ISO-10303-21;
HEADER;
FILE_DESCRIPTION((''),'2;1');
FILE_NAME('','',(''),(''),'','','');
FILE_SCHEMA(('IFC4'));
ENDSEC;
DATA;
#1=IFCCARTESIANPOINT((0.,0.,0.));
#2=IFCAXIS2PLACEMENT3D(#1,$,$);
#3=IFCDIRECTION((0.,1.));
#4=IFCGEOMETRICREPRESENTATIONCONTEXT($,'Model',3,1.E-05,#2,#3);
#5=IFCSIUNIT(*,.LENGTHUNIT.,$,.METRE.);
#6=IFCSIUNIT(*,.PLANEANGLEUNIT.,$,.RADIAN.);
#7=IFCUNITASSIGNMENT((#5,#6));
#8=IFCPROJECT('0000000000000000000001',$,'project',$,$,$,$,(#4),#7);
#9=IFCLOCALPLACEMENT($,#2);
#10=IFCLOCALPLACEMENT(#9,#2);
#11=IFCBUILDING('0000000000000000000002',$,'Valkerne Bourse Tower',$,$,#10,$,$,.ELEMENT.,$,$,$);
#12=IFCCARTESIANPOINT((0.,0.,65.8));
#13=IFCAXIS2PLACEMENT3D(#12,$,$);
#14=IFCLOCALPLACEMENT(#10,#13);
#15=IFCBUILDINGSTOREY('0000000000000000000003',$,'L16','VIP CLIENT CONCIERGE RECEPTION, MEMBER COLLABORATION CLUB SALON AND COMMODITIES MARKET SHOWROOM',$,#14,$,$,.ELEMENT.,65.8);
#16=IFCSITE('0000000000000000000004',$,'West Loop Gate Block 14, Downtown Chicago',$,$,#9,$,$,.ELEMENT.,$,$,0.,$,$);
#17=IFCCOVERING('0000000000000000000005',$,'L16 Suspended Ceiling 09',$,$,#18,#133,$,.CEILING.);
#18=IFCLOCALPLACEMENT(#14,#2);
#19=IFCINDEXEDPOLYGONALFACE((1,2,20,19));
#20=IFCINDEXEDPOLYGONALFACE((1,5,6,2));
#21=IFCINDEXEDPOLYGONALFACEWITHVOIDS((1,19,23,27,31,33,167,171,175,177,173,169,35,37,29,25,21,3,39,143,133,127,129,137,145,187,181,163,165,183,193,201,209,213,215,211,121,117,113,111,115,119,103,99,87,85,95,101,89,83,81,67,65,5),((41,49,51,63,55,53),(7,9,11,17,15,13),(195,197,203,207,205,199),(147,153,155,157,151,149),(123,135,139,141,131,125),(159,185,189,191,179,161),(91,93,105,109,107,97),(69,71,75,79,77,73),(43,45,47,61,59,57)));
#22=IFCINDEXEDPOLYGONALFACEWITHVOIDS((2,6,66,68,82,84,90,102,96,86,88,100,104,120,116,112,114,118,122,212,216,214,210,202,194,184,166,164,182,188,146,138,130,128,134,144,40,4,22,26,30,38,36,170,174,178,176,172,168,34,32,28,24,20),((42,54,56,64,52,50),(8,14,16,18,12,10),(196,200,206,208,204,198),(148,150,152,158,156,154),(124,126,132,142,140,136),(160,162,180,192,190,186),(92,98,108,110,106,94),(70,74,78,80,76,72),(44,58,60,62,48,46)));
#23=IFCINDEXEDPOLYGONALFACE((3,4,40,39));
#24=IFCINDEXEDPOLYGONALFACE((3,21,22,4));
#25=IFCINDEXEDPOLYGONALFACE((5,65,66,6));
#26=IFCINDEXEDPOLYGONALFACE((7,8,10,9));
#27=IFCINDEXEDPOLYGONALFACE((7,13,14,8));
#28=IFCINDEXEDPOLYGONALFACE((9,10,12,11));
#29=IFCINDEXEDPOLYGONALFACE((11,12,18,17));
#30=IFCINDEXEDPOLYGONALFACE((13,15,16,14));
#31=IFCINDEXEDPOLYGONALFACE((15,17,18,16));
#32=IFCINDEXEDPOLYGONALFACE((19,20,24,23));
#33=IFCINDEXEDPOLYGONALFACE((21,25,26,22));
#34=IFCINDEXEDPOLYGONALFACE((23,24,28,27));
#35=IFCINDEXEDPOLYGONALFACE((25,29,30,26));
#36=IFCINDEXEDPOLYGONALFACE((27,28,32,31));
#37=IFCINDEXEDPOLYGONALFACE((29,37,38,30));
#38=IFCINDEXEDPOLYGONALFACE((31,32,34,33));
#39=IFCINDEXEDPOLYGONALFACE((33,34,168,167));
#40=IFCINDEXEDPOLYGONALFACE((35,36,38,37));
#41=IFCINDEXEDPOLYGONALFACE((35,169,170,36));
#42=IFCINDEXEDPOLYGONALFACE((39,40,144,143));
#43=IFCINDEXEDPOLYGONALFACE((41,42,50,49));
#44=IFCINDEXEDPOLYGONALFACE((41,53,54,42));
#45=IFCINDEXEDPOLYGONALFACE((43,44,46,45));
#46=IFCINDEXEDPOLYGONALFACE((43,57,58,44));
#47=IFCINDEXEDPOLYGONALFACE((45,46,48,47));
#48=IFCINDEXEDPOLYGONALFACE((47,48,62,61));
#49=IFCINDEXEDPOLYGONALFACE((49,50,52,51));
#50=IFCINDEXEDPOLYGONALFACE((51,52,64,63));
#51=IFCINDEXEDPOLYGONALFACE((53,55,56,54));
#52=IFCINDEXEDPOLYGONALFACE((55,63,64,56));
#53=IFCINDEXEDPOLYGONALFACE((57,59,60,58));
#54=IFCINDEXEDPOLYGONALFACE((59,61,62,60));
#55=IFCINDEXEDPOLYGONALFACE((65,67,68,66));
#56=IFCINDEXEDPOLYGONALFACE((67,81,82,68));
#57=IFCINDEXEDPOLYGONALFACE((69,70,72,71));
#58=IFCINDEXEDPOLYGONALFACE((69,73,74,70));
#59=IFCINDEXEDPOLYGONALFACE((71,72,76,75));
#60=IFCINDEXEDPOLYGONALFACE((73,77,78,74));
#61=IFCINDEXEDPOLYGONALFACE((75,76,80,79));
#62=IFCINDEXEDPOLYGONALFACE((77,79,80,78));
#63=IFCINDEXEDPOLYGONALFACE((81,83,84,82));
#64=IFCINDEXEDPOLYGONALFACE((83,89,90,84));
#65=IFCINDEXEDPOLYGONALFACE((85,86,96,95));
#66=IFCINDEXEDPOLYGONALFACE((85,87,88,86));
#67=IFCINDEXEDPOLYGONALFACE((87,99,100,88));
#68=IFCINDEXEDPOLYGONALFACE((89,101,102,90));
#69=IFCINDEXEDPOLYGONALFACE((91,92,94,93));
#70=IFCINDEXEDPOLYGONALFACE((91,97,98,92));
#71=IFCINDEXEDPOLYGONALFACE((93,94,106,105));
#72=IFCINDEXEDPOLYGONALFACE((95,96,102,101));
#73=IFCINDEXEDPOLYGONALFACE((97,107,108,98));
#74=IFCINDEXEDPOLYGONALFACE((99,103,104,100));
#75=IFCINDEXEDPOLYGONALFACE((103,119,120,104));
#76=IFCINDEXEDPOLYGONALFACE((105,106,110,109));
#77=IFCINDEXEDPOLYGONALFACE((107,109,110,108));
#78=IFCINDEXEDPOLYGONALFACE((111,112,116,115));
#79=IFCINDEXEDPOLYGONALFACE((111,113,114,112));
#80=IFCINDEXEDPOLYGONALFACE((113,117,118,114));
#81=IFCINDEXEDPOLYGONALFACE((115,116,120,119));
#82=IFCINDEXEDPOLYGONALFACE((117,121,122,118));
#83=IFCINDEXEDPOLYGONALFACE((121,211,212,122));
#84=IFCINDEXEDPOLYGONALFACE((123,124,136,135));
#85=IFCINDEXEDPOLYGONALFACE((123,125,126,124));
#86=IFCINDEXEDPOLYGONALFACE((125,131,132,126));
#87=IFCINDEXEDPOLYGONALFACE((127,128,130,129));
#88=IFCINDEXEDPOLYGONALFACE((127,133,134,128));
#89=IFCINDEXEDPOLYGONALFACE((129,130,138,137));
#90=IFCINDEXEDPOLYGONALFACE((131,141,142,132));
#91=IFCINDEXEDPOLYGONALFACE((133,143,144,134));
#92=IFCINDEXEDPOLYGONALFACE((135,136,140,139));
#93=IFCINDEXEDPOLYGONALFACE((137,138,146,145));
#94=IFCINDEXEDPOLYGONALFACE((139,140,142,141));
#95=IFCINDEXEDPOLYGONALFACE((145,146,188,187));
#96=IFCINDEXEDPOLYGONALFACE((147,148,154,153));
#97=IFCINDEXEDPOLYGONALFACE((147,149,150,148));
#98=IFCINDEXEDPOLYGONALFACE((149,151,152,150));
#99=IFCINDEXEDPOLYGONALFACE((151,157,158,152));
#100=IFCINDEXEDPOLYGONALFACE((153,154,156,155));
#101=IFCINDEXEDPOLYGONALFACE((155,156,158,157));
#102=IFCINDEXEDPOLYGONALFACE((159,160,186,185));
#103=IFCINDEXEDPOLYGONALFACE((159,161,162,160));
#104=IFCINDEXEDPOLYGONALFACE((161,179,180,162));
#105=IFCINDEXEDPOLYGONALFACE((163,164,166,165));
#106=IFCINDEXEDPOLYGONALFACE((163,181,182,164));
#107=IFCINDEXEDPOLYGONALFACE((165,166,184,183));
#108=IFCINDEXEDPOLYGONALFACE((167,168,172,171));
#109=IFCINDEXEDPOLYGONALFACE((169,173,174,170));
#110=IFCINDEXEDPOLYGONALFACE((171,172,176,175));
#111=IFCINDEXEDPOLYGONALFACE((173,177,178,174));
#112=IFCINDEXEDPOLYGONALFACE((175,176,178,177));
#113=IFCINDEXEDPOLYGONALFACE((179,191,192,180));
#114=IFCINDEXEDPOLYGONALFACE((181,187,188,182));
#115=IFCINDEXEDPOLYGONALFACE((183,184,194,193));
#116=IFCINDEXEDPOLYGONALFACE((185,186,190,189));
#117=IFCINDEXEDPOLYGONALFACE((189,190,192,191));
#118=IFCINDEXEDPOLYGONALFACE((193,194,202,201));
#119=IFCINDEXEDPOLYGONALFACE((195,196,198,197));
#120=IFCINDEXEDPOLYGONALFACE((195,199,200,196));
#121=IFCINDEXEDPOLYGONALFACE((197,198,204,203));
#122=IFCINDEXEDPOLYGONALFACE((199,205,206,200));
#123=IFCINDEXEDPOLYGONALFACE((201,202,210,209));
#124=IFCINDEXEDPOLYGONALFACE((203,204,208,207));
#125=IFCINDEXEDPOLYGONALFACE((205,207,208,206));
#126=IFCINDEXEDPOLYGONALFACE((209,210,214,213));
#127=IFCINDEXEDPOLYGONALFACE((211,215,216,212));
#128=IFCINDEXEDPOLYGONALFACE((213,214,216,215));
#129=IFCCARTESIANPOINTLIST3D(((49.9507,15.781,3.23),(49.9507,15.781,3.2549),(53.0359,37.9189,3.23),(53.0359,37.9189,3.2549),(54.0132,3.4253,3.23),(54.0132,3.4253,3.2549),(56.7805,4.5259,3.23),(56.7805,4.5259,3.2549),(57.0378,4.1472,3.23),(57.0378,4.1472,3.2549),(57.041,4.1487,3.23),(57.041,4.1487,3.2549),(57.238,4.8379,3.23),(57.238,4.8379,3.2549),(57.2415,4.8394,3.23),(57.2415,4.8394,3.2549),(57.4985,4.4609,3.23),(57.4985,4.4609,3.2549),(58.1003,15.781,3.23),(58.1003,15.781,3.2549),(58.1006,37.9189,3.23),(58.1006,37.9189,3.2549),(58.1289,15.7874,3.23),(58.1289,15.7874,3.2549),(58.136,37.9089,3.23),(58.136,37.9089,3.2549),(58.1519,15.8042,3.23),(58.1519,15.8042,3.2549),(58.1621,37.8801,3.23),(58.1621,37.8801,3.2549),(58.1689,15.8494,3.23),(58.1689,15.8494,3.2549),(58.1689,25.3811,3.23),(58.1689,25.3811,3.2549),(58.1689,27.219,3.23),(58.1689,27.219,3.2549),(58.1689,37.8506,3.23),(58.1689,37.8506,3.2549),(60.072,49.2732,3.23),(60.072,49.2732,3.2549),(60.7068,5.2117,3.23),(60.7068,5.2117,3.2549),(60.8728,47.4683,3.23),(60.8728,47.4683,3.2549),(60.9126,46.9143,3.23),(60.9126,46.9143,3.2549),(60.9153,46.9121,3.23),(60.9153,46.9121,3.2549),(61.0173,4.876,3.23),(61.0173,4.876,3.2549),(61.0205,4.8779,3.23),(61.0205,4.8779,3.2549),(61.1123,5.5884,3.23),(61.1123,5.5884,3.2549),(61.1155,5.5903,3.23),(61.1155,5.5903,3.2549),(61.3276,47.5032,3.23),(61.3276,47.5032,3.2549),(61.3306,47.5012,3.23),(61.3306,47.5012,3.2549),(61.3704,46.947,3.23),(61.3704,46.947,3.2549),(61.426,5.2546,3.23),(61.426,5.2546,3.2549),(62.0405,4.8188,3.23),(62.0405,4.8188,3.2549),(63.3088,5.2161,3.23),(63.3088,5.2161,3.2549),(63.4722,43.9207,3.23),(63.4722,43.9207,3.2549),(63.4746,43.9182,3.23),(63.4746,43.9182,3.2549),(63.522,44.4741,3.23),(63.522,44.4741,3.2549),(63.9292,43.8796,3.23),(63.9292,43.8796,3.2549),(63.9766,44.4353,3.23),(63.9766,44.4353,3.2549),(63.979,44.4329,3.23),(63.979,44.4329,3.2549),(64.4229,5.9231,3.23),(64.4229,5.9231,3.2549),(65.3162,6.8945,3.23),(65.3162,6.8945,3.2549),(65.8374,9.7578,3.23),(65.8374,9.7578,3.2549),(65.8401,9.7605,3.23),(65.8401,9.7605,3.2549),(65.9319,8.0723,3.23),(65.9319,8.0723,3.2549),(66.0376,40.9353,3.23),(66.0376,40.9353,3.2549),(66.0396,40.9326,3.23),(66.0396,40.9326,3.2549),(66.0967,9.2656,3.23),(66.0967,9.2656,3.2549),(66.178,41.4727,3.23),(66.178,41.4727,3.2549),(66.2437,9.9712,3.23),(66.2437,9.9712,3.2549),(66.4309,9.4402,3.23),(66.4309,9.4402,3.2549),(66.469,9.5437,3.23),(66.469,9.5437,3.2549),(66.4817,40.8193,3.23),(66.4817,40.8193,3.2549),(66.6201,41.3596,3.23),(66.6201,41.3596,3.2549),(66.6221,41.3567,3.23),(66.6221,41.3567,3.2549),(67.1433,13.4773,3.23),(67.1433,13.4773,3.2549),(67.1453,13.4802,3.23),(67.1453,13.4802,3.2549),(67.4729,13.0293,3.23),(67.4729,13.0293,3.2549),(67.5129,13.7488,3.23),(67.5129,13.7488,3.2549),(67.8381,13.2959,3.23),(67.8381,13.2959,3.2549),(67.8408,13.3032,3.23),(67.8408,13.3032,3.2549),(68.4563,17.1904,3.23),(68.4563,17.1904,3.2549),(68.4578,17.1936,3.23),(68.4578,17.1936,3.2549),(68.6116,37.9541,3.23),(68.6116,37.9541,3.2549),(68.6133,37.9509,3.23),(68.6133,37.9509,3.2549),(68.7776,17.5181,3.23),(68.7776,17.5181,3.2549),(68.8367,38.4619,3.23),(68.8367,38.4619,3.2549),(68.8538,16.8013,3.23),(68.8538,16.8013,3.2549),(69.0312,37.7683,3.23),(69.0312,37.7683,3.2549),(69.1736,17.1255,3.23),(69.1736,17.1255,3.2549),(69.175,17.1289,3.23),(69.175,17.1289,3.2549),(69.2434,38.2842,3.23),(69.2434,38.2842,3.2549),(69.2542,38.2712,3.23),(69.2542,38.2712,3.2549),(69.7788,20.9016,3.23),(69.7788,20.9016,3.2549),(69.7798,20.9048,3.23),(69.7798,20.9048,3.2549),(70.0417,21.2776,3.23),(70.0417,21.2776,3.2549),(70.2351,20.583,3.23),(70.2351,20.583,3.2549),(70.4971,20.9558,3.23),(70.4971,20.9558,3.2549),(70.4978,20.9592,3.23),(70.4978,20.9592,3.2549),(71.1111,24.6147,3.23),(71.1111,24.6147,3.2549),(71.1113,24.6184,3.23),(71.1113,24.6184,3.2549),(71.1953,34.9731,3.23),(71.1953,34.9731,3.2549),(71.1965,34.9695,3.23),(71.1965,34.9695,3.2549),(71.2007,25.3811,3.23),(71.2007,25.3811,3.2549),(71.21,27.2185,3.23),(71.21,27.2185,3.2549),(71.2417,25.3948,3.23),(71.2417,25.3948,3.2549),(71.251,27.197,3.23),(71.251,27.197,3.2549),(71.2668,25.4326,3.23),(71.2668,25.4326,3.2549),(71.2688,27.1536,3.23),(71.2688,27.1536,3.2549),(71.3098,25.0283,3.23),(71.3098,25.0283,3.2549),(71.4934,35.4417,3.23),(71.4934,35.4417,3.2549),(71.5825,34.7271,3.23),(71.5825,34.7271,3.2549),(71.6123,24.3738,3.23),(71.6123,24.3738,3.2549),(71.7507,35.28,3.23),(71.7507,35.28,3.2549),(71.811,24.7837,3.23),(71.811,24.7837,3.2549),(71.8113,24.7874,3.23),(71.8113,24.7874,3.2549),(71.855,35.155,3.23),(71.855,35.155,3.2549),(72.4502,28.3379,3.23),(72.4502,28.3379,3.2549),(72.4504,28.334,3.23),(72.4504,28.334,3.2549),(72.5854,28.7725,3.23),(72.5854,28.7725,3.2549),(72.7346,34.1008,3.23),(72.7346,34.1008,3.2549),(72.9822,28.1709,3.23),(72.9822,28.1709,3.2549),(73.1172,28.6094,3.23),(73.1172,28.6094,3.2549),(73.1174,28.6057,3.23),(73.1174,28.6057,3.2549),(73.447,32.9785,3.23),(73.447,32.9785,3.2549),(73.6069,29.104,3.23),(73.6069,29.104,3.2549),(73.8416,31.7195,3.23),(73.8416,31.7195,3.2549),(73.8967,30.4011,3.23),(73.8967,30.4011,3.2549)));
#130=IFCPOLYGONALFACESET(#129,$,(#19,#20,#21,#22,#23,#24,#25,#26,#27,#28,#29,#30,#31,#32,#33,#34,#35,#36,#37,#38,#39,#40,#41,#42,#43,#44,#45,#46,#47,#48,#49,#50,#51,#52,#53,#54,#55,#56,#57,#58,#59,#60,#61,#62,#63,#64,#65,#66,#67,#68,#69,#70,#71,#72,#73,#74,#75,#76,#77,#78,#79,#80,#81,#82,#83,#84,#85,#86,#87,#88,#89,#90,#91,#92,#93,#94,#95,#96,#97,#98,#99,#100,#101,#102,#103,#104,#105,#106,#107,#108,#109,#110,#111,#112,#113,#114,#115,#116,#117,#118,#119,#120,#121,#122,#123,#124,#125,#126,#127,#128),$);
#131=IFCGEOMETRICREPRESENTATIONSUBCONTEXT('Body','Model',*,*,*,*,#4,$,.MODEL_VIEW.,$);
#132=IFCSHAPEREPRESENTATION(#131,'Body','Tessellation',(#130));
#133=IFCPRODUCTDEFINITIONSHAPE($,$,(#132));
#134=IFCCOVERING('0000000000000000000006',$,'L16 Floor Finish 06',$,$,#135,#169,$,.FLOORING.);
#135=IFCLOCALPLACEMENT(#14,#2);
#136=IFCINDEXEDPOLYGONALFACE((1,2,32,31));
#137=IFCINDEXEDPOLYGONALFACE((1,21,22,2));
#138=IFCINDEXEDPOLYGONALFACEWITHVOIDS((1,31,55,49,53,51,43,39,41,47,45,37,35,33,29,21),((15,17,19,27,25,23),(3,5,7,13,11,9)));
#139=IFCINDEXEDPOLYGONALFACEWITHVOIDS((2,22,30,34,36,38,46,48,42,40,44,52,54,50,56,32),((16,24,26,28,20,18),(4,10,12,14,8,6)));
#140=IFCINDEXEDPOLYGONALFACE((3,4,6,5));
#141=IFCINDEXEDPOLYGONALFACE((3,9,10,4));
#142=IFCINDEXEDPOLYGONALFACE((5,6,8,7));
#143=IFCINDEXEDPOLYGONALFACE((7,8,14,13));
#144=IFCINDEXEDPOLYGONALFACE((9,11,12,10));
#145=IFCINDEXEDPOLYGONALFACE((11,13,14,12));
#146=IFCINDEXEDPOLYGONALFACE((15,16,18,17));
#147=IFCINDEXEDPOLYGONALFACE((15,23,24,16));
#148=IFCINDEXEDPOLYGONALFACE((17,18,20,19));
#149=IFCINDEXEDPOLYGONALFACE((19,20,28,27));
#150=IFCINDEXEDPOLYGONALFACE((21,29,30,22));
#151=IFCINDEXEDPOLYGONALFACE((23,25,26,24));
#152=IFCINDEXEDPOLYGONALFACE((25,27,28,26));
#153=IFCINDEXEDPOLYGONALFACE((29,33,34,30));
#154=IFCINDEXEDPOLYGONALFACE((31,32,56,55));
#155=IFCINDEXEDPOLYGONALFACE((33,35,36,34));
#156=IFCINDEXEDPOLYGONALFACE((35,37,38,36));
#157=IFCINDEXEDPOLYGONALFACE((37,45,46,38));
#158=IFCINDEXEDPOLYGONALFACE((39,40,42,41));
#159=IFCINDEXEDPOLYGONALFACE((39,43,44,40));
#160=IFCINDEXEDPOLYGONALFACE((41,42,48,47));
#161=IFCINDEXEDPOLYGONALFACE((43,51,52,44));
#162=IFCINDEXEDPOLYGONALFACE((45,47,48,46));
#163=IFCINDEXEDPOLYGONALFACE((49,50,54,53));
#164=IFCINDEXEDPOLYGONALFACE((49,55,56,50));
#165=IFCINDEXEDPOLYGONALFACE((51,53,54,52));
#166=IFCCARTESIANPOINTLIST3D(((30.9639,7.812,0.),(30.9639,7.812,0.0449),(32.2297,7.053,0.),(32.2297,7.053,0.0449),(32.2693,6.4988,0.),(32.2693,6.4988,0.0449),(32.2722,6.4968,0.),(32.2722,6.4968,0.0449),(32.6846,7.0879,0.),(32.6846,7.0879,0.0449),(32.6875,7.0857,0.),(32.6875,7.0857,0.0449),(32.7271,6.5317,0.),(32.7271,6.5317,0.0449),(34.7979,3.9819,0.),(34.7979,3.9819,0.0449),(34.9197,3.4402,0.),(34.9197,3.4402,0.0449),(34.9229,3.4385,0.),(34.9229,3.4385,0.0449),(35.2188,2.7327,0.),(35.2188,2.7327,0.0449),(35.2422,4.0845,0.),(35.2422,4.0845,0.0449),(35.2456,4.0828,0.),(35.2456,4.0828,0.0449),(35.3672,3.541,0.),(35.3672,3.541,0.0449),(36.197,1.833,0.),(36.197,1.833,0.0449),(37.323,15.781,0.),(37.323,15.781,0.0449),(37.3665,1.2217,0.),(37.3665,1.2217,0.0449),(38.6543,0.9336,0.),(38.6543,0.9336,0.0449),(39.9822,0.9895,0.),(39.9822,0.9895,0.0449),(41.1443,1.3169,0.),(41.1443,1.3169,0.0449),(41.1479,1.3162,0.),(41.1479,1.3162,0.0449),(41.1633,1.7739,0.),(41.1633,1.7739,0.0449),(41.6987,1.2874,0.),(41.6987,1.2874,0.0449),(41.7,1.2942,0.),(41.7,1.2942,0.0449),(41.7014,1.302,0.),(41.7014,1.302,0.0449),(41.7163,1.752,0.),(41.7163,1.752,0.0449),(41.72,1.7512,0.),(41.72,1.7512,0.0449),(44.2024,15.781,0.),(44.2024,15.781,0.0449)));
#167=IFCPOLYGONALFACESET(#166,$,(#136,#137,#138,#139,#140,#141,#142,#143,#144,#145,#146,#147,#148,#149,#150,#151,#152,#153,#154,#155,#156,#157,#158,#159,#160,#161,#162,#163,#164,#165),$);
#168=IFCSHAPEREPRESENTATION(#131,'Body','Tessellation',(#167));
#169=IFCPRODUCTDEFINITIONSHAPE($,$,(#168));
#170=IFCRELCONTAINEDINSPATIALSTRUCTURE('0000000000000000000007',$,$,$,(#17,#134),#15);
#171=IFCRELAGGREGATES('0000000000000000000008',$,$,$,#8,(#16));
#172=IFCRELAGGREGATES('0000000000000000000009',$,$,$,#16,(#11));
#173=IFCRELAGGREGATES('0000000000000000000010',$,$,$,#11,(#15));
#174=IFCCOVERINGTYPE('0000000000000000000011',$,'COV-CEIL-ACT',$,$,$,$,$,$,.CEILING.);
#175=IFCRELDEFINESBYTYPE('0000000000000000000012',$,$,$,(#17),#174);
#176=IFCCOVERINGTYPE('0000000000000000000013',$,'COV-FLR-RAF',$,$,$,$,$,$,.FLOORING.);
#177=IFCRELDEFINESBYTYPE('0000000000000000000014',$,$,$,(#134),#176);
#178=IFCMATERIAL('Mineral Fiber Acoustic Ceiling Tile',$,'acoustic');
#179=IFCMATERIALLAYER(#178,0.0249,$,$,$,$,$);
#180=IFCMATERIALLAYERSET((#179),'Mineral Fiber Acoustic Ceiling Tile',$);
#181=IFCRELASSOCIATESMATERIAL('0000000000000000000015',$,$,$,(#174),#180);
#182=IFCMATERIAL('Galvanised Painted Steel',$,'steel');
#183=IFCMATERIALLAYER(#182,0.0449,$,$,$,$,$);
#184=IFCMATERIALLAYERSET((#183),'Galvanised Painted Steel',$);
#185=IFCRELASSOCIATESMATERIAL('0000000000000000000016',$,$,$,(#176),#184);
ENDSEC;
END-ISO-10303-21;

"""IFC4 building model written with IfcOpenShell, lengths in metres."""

from ifc_helpers import new_model, si_unit, direction, frame, origin, place, context, subcontext, project, spatial, polyline, outline, extrude, material, layer, layer_set, type_object, element, save


model = new_model("IFC4")

# Units and contexts
model_context = context("Model", 3, precision=1e-05, world=origin(), true_north=direction((0.0, 1.0)))
body_context = subcontext(model_context, "Body", "Model", "MODEL_VIEW")
ifc_project = project(units=[si_unit("LENGTHUNIT", "METRE"), si_unit("PLANEANGLEUNIT", "RADIAN")], contexts=[model_context])

# Site, building, storey
site_placement = place(None, origin())
site = spatial("IfcSite", under=ifc_project, at=site_placement, Name="West Loop Gate Block 14, Downtown Chicago", CompositionType="ELEMENT", RefElevation=0.0)
building_placement = place(site_placement, origin())
building = spatial("IfcBuilding", under=site, at=building_placement, Name="Valkerne Bourse Tower", CompositionType="ELEMENT")
storey_placement = place(building_placement, frame((0.0, 0.0, 65.8)))
storey = spatial("IfcBuildingStorey", under=building, at=storey_placement, Name="L16", Description="VIP CLIENT CONCIERGE RECEPTION, MEMBER COLLABORATION CLUB SALON AND COMMODITIES MARKET SHOWROOM", CompositionType="ELEMENT", Elevation=65.8)

# Coverings
ifc_material_1 = material(Name="Mineral Fiber Acoustic Ceiling Tile", Category="acoustic")
ifc_layer_1 = layer(ifc_material_1, 0.0249)
ifc_layer_set_1 = layer_set([ifc_layer_1], Name="Mineral Fiber Acoustic Ceiling Tile")
covering_type_1 = type_object("IfcCoveringType", Name="COV-CEIL-ACT", PredefinedType="CEILING", material=ifc_layer_set_1)
covering_1_placement = place(storey_placement, frame((0.0, 0.0, 3.23)))
element("IfcCovering", 1, at=covering_1_placement, inside=storey, type_object=covering_type_1, Name="L16 Suspended Ceiling 09", PredefinedType="CEILING", context=body_context, shape_type="SweptSolid", body=[
    extrude(outline(polyline([(63.3088, 5.2161), (62.0405, 4.8188), (54.0132, 3.4253), (49.9507, 15.781), (58.1003, 15.781), (58.1289, 15.7874), (58.1519, 15.8042), (58.1689, 15.8494), (58.1689, 25.3811), (71.2007, 25.3811), (71.2417, 25.3948), (71.2668, 25.4326), (71.2688, 27.1536), (71.251, 27.197), (71.21, 27.2185), (58.1689, 27.219), (58.1689, 37.8506), (58.1621, 37.8801), (58.136, 37.9089), (58.1006, 37.9189), (53.0359, 37.9189), (60.072, 49.2732), (69.2434, 38.2842), (68.8367, 38.4619), (68.6116, 37.9541), (68.6133, 37.9509), (69.0312, 37.7683), (69.2542, 38.2712), (71.7507, 35.28), (71.4934, 35.4417), (71.1953, 34.9731), (71.1965, 34.9695), (71.5825, 34.7271), (71.855, 35.155), (72.7346, 34.1008), (73.447, 32.9785), (73.8416, 31.7195), (73.8967, 30.4011), (73.6069, 29.104), (67.8408, 13.3032), (67.5129, 13.7488), (67.1453, 13.4802), (67.1433, 13.4773), (67.4729, 13.0293), (67.8381, 13.2959), (66.469, 9.5437), (66.2437, 9.9712), (65.8401, 9.7605), (65.8374, 9.7578), (66.0967, 9.2656), (66.4309, 9.4402), (65.9319, 8.0723), (65.3162, 6.8945), (64.4229, 5.9231), (63.3088, 5.2161)]), holes=[polyline([(57.4985, 4.4609), (57.2415, 4.8394), (57.238, 4.8379), (56.7805, 4.5259), (57.0378, 4.1472), (57.041, 4.1487), (57.4985, 4.4609)]), polyline([(61.0205, 4.8779), (61.426, 5.2546), (61.1155, 5.5903), (61.1123, 5.5884), (60.7068, 5.2117), (61.0173, 4.876), (61.0205, 4.8779)]), polyline([(69.1736, 17.1255), (69.175, 17.1289), (68.7776, 17.5181), (68.4578, 17.1936), (68.4563, 17.1904), (68.8538, 16.8013), (69.1736, 17.1255)]), polyline([(70.4971, 20.9558), (70.4978, 20.9592), (70.0417, 21.2776), (69.7798, 20.9048), (69.7788, 20.9016), (70.2351, 20.583), (70.4971, 20.9558)]), polyline([(71.8113, 24.7874), (71.3098, 25.0283), (71.1113, 24.6184), (71.1111, 24.6147), (71.6123, 24.3738), (71.811, 24.7837), (71.8113, 24.7874)]), polyline([(73.1174, 28.6057), (73.1172, 28.6094), (72.5854, 28.7725), (72.4502, 28.3379), (72.4504, 28.334), (72.9822, 28.1709), (73.1174, 28.6057)]), polyline([(66.6221, 41.3567), (66.6201, 41.3596), (66.178, 41.4727), (66.0376, 40.9353), (66.0396, 40.9326), (66.4817, 40.8193), (66.6221, 41.3567)]), polyline([(63.979, 44.4329), (63.9766, 44.4353), (63.522, 44.4741), (63.4722, 43.9207), (63.4746, 43.9182), (63.9292, 43.8796), (63.979, 44.4329)]), polyline([(61.3306, 47.5012), (61.3276, 47.5032), (60.8728, 47.4683), (60.9126, 46.9143), (60.9153, 46.9121), (61.3704, 46.947), (61.3306, 47.5012)])]), origin(), (0.0, 0.0, 1.0), 0.0249),
])
ifc_material_2 = material(Name="Galvanised Painted Steel", Category="steel")
ifc_layer_2 = layer(ifc_material_2, 0.0449)
ifc_layer_set_2 = layer_set([ifc_layer_2], Name="Galvanised Painted Steel")
covering_type_2 = type_object("IfcCoveringType", Name="COV-FLR-RAF", PredefinedType="FLOORING", material=ifc_layer_set_2)
covering_2_placement = place(storey_placement, origin())
element("IfcCovering", 2, at=covering_2_placement, inside=storey, type_object=covering_type_2, Name="L16 Floor Finish 06", PredefinedType="FLOORING", context=body_context, shape_type="SweptSolid", body=[
    extrude(outline(polyline([(37.3665, 1.2217), (36.197, 1.833), (35.2188, 2.7327), (30.9639, 7.812), (37.323, 15.781), (44.2024, 15.781), (41.7014, 1.302), (41.72, 1.7512), (41.7163, 1.752), (41.1633, 1.7739), (41.1443, 1.3169), (41.1479, 1.3162), (41.7, 1.2942), (41.6987, 1.2874), (39.9822, 0.9895), (38.6543, 0.9336), (37.3665, 1.2217)]), holes=[polyline([(35.2456, 4.0828), (35.2422, 4.0845), (34.7979, 3.9819), (34.9197, 3.4402), (34.9229, 3.4385), (35.3672, 3.541), (35.2456, 4.0828)]), polyline([(32.6875, 7.0857), (32.6846, 7.0879), (32.2297, 7.053), (32.2693, 6.4988), (32.2722, 6.4968), (32.7271, 6.5317), (32.6875, 7.0857)])]), origin(), (0.0, 0.0, 1.0), 0.0449),
])

save(model, "model.ifc")
